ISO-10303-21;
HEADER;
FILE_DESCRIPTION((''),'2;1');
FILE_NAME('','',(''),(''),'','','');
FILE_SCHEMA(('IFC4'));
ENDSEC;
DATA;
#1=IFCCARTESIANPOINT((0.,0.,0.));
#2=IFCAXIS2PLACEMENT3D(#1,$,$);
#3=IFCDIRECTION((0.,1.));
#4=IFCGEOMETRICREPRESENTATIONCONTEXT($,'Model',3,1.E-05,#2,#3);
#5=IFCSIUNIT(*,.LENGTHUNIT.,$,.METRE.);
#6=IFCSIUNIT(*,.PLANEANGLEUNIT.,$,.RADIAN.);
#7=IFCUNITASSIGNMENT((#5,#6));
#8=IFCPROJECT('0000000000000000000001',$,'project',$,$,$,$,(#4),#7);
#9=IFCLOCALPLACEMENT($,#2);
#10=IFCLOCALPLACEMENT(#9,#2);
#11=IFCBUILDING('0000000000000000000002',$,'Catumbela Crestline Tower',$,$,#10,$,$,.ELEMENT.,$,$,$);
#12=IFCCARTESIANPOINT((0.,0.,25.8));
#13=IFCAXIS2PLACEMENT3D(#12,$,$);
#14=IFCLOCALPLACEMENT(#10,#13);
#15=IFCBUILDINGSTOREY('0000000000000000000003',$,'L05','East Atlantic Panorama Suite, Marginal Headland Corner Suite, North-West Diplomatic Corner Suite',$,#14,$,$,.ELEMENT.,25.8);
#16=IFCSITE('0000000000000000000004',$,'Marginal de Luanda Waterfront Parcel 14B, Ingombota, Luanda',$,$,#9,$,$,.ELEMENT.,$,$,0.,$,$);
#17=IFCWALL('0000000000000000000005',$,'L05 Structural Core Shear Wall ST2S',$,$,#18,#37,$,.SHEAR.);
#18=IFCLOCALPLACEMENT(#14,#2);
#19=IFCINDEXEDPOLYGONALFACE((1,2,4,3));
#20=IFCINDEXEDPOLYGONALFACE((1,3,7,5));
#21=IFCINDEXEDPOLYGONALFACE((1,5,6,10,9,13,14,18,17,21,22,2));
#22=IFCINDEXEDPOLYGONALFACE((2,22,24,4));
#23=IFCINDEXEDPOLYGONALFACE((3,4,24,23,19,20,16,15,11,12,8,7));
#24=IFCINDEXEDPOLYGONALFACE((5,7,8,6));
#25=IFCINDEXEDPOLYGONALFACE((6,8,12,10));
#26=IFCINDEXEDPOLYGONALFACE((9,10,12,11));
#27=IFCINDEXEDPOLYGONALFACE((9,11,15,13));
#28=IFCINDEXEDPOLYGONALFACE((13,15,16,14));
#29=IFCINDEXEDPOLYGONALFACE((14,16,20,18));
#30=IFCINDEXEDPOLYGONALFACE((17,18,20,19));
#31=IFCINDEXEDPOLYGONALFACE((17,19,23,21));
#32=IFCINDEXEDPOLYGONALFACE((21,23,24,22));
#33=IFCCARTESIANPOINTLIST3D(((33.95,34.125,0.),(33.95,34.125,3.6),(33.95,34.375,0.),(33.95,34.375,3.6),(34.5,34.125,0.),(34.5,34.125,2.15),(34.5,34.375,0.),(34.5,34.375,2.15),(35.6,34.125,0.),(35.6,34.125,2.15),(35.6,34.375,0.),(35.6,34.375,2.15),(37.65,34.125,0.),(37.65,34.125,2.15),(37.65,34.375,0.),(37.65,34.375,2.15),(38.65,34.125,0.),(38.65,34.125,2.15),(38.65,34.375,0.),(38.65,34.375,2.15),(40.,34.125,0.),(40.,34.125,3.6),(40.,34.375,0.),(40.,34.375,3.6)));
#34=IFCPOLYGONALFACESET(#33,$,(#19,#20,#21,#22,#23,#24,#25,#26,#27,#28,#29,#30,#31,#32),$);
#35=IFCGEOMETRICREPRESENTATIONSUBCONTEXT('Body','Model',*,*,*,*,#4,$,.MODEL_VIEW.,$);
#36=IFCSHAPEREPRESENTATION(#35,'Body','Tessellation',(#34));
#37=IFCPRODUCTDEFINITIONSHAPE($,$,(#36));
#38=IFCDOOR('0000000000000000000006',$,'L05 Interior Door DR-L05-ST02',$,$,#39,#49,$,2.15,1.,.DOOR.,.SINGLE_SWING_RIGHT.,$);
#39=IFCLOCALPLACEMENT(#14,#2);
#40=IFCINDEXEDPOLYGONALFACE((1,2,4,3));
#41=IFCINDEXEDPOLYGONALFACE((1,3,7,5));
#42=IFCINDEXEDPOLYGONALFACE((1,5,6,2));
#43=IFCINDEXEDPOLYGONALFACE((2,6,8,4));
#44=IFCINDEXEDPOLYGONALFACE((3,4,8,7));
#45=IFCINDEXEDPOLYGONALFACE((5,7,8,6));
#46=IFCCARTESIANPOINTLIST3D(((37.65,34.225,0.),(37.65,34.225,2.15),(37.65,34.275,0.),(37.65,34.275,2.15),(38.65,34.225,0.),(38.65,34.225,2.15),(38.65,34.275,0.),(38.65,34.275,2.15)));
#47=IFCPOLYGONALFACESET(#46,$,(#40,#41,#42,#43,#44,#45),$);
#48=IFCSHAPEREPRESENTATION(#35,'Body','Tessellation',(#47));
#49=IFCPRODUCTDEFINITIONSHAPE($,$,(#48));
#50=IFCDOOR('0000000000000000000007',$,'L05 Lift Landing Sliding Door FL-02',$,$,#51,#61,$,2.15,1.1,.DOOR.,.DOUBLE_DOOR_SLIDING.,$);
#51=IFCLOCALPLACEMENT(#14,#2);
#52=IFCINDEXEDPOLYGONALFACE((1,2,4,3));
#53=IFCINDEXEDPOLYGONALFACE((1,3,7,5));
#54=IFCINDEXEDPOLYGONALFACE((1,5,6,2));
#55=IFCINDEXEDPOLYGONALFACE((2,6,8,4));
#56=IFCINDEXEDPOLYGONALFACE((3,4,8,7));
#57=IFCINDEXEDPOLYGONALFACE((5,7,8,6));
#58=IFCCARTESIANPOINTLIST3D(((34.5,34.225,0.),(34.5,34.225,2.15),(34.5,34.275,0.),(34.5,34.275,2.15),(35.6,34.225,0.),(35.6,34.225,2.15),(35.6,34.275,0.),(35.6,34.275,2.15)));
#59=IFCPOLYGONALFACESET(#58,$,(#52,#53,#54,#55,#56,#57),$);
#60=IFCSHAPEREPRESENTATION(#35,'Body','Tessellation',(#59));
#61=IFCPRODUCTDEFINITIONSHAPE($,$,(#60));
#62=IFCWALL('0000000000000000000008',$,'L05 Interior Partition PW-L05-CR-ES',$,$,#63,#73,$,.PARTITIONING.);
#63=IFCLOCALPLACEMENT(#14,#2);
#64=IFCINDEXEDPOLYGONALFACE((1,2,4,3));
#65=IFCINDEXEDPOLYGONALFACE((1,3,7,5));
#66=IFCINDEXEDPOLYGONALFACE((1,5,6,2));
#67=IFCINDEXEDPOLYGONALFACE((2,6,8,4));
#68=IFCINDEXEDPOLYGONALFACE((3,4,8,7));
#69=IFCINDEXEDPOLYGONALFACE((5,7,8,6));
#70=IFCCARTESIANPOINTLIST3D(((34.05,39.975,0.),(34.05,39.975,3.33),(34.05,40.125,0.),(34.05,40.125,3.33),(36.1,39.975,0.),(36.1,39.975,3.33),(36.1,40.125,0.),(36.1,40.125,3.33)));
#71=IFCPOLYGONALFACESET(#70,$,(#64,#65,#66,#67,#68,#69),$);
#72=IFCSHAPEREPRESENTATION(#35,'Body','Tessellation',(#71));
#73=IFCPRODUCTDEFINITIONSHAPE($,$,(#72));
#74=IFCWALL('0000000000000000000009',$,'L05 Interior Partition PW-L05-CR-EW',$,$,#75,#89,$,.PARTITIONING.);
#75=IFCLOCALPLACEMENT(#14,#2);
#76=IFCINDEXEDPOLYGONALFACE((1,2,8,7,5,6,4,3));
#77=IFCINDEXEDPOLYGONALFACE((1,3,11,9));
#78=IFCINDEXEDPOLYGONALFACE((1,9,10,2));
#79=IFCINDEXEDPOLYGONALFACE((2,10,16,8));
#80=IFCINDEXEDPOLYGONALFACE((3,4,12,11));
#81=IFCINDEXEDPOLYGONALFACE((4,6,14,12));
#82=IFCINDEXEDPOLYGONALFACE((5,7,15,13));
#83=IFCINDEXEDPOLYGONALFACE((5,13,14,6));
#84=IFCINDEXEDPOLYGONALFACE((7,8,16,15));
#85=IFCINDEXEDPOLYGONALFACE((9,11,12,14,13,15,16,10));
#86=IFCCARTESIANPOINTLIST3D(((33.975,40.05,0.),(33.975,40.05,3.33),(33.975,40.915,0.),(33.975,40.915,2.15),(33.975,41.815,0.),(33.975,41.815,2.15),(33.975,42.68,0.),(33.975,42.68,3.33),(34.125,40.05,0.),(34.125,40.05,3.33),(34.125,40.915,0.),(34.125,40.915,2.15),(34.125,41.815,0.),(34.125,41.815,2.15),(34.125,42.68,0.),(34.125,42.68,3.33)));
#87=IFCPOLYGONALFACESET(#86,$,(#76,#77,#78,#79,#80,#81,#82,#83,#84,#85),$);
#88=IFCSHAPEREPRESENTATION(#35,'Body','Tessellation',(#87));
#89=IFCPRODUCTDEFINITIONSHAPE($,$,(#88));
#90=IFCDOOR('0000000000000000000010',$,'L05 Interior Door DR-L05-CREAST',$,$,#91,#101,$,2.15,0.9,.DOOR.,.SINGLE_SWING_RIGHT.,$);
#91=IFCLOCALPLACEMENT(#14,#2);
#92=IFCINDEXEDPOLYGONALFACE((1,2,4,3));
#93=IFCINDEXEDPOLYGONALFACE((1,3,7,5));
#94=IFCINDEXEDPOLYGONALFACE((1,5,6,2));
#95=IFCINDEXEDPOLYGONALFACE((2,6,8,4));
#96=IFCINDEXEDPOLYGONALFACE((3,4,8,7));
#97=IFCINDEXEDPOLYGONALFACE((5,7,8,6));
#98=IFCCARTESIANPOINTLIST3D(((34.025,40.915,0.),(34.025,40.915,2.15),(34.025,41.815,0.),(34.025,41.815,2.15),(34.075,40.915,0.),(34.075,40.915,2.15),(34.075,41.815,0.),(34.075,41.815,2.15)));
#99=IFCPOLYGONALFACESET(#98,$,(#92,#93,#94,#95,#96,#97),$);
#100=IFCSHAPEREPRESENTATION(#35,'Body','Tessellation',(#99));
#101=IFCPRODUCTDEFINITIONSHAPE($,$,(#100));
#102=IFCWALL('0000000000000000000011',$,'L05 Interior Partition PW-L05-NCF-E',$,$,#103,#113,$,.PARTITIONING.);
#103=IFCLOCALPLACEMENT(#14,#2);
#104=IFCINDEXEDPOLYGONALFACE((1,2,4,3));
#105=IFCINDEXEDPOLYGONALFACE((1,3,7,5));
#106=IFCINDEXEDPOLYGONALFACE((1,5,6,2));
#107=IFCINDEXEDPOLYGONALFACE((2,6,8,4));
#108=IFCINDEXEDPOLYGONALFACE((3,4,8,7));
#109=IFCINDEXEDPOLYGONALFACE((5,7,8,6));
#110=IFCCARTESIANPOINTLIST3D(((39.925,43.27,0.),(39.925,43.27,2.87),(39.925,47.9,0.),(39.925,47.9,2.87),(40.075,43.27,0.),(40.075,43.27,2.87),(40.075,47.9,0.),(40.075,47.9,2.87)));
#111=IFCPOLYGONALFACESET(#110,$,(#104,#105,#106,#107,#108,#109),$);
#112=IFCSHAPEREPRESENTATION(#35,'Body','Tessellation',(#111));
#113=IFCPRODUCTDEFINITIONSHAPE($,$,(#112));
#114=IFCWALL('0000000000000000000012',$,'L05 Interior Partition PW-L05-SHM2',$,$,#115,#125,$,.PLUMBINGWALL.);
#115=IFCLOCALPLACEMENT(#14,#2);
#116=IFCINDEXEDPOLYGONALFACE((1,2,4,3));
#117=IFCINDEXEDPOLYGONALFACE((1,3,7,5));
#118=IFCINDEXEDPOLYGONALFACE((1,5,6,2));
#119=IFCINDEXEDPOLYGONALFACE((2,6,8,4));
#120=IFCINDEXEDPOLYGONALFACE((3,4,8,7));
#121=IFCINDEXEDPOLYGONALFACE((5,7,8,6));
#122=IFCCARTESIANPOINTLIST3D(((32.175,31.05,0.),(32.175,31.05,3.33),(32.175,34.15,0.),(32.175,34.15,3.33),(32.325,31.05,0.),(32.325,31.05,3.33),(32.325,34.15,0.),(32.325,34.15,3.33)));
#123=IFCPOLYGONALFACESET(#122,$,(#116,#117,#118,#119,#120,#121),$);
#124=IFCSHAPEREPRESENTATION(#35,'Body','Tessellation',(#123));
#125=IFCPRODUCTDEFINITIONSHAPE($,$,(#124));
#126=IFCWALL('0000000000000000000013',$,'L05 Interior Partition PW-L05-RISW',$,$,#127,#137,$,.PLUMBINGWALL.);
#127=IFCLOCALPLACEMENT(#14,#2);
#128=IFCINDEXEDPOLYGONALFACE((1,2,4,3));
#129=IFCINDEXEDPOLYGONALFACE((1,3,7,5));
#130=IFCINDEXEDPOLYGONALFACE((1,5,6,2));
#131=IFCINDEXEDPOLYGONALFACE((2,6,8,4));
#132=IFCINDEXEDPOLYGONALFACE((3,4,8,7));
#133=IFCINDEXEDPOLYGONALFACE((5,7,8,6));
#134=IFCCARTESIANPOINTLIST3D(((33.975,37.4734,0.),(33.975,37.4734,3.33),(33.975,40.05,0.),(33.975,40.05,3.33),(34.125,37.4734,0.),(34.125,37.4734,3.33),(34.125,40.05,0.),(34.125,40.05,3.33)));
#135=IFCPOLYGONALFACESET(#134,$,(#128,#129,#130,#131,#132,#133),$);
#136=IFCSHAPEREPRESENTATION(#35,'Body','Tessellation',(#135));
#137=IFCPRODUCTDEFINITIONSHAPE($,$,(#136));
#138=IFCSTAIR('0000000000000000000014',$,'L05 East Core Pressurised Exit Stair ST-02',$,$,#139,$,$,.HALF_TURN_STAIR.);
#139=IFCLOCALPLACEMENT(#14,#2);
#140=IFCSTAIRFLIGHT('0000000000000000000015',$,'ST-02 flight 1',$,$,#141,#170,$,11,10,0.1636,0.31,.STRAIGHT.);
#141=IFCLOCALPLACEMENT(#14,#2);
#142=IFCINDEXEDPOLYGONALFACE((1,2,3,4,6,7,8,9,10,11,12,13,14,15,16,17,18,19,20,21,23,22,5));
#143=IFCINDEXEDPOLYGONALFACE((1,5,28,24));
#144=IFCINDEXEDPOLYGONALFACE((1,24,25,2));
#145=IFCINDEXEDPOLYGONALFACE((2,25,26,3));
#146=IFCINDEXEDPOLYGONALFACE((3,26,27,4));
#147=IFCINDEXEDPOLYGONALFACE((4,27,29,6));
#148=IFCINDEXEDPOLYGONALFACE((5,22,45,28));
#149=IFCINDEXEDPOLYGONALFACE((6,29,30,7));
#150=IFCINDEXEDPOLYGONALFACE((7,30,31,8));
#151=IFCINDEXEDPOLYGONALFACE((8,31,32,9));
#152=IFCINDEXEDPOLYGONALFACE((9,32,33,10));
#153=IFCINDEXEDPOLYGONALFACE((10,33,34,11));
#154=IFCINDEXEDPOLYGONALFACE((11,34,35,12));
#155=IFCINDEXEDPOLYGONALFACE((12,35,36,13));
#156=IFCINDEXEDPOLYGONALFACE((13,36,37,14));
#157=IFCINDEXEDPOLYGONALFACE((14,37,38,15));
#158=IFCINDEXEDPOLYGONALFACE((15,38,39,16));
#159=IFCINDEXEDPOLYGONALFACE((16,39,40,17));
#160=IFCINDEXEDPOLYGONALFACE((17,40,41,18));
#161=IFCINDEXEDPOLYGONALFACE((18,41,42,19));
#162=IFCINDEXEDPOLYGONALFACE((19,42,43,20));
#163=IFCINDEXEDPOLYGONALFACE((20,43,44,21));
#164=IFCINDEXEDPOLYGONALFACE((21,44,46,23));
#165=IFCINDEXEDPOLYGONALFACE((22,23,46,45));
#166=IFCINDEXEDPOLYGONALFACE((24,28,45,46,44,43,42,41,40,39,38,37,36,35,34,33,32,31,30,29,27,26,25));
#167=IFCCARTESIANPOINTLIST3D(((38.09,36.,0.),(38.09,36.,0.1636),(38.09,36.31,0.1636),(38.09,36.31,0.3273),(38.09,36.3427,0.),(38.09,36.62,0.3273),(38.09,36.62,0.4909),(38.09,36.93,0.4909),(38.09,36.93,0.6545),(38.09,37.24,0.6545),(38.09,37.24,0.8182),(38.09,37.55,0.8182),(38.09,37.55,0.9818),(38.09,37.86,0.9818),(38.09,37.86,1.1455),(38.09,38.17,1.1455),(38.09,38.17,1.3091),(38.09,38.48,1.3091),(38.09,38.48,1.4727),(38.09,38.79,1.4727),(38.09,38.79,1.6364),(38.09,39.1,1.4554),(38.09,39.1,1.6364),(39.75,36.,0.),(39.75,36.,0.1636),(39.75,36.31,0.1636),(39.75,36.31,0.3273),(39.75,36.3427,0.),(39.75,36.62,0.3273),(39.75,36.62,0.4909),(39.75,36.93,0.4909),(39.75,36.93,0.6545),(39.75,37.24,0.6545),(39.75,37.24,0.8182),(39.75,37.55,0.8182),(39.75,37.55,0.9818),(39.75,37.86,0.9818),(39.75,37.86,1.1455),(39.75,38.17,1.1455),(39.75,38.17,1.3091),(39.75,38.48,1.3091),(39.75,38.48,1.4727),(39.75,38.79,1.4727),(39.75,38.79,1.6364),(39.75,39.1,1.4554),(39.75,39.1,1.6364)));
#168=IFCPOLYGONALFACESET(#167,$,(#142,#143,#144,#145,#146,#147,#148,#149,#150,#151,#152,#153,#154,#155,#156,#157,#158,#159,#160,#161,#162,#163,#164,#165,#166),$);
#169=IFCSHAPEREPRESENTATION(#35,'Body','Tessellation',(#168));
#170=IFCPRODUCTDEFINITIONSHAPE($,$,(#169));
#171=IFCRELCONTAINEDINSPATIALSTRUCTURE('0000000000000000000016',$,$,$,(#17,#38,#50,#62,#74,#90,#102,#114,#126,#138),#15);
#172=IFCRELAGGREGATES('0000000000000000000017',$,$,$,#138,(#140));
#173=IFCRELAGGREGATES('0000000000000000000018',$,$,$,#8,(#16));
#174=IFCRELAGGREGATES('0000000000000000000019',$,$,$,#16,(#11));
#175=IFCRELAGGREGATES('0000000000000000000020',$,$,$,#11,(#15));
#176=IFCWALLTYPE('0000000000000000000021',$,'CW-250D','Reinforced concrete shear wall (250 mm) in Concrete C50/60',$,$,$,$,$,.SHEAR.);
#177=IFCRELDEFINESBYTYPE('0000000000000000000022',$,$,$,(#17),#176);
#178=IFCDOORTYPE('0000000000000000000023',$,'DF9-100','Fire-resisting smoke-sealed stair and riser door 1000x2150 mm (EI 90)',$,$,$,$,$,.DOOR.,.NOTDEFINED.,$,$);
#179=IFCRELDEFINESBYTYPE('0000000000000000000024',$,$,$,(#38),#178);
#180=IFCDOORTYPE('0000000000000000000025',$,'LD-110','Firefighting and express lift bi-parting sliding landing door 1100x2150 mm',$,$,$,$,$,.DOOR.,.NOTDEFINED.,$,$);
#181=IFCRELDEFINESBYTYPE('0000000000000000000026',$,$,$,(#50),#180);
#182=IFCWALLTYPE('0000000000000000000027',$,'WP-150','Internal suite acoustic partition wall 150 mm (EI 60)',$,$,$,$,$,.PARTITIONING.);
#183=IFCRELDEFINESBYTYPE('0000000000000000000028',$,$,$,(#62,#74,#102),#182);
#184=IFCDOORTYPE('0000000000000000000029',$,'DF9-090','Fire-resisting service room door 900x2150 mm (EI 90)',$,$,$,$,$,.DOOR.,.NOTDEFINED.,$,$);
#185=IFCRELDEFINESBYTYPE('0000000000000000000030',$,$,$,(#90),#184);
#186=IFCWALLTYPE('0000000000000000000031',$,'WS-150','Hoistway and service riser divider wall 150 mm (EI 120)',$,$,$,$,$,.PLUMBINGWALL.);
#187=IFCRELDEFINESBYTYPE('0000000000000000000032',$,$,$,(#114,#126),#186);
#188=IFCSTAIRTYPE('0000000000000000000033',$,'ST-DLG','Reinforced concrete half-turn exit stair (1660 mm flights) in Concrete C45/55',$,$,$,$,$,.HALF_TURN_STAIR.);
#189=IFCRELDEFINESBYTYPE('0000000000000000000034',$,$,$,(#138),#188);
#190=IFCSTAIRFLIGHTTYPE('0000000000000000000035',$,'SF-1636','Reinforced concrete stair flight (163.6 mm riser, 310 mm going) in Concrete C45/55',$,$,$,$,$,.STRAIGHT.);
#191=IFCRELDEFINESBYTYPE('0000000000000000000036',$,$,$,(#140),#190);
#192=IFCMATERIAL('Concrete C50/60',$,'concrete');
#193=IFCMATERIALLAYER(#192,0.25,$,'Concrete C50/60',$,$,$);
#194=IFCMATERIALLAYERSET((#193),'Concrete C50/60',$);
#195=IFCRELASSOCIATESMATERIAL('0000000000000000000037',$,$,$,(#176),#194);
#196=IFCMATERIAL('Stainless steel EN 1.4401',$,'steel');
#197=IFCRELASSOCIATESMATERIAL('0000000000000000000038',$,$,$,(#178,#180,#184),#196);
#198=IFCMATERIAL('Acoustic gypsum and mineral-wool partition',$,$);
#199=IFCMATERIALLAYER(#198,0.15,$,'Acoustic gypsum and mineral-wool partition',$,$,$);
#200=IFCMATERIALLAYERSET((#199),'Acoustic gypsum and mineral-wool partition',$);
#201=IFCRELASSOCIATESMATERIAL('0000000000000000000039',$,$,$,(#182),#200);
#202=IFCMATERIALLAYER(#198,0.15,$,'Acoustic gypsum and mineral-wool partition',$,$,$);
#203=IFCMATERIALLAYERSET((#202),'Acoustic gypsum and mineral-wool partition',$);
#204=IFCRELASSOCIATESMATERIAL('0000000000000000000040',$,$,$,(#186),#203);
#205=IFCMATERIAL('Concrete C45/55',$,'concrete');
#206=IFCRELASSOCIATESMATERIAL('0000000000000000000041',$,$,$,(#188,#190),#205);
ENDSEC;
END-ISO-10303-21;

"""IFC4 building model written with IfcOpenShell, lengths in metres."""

from ifc_helpers import new_model, si_unit, direction, frame, frame_2d, origin, place, context, subcontext, project, spatial, polyline, rectangle, outline, extrude, material, layer, layer_set, type_object, element, fill, aggregate, save


model = new_model("IFC4")

# Units and contexts
model_context = context("Model", 3, precision=1e-05, world=origin(), true_north=direction((0.0, 1.0)))
body_context = subcontext(model_context, "Body", "Model", "MODEL_VIEW")
ifc_project = project(units=[si_unit("LENGTHUNIT", "METRE"), si_unit("PLANEANGLEUNIT", "RADIAN")], contexts=[model_context])

# Site, building, storey
site_placement = place(None, origin())
site = spatial("IfcSite", under=ifc_project, at=site_placement, Name="Marginal de Luanda Waterfront Parcel 14B, Ingombota, Luanda", CompositionType="ELEMENT", RefElevation=0.0)
building_placement = place(site_placement, origin())
building = spatial("IfcBuilding", under=site, at=building_placement, Name="Catumbela Crestline Tower", CompositionType="ELEMENT")
storey_placement = place(building_placement, frame((0.0, 0.0, 25.8)))
storey = spatial("IfcBuildingStorey", under=building, at=storey_placement, Name="L05", Description="East Atlantic Panorama Suite, Marginal Headland Corner Suite, North-West Diplomatic Corner Suite", CompositionType="ELEMENT", Elevation=25.8)

# Shared definitions
ifc_material_1 = material(Name="Concrete C50/60", Category="concrete")
ifc_layer_1 = layer(ifc_material_1, 0.25, Name="Concrete C50/60")
ifc_layer_set_1 = layer_set([ifc_layer_1], Name="Concrete C50/60")
wall_type_1 = type_object("IfcWallType", Name="CW-250D", Description="Reinforced concrete shear wall (250 mm) in Concrete C50/60", PredefinedType="SHEAR", material=ifc_layer_set_1)

# Wall, openings, doors
wall_1_placement = place(storey_placement, frame((33.95, 34.25, 0.0), z_axis=(0.0, 0.0, 1.0), x_axis=(1.0, 0.0, 0.0)))
wall_1 = element("IfcWall", 1, at=wall_1_placement, inside=storey, type_object=wall_type_1, Name="L05 Structural Core Shear Wall ST2S", PredefinedType="SHEAR", context=body_context, shape_type="SweptSolid", body=[
    extrude(rectangle(XDim=6.05, YDim=0.25, at=frame_2d((3.025, 0.0))), origin(), (0.0, 0.0, 1.0), 3.6),
])
opening_1_placement = place(wall_1_placement, frame((3.7, 0.0, 0.0)))
opening_1 = element("IfcOpeningElement", 2, at=opening_1_placement, cuts=wall_1, PredefinedType="OPENING", context=body_context, shape_type="SweptSolid", body=[
    extrude(rectangle(XDim=1.0, YDim=2.15, at=frame_2d((0.5, 1.075))), frame((0.0, 0.135, 0.0), z_axis=(0.0, -1.0, 0.0), x_axis=(1.0, 0.0, 0.0)), (0.0, 0.0, 1.0), 0.27),
])
opening_2_placement = place(wall_1_placement, frame((0.55, 0.0, 0.0)))
opening_2 = element("IfcOpeningElement", 3, at=opening_2_placement, cuts=wall_1, PredefinedType="OPENING", context=body_context, shape_type="SweptSolid", body=[
    extrude(rectangle(XDim=1.1, YDim=2.15, at=frame_2d((0.55, 1.075))), frame((0.0, 0.135, 0.0), z_axis=(0.0, -1.0, 0.0), x_axis=(1.0, 0.0, 0.0)), (0.0, 0.0, 1.0), 0.27),
])
ifc_material_2 = material(Name="Stainless steel EN 1.4401", Category="steel")
door_type_1 = type_object("IfcDoorType", Name="DF9-100", Description="Fire-resisting smoke-sealed stair and riser door 1000x2150 mm (EI 90)", OperationType="NOTDEFINED", PredefinedType="DOOR", material=ifc_material_2)
door_1_placement = place(opening_1_placement, origin())
door_1 = element("IfcDoor", 4, at=door_1_placement, inside=storey, type_object=door_type_1, Name="L05 Interior Door DR-L05-ST02", OperationType="SINGLE_SWING_RIGHT", OverallHeight=2.15, OverallWidth=1.0, PredefinedType="DOOR", context=body_context, shape_type="SweptSolid", body=[
    extrude(rectangle(XDim=1.0, YDim=2.15, at=frame_2d((0.5, 1.075))), frame((0.0, 0.025, 0.0), z_axis=(0.0, -1.0, 0.0), x_axis=(1.0, 0.0, 0.0)), (0.0, 0.0, 1.0), 0.05),
])
fill(opening_1, door_1)
door_type_2 = type_object("IfcDoorType", Name="LD-110", Description="Firefighting and express lift bi-parting sliding landing door 1100x2150 mm", OperationType="NOTDEFINED", PredefinedType="DOOR", material=ifc_material_2)
door_2_placement = place(opening_2_placement, origin())
door_2 = element("IfcDoor", 5, at=door_2_placement, inside=storey, type_object=door_type_2, Name="L05 Lift Landing Sliding Door FL-02", OperationType="DOUBLE_DOOR_SLIDING", OverallHeight=2.15, OverallWidth=1.1, PredefinedType="DOOR", context=body_context, shape_type="SweptSolid", body=[
    extrude(rectangle(XDim=1.1, YDim=2.15, at=frame_2d((0.55, 1.075))), frame((0.0, 0.025, 0.0), z_axis=(0.0, -1.0, 0.0), x_axis=(1.0, 0.0, 0.0)), (0.0, 0.0, 1.0), 0.05),
])
fill(opening_2, door_2)

# Wall
ifc_material_3 = material(Name="Acoustic gypsum and mineral-wool partition")
ifc_layer_2 = layer(ifc_material_3, 0.15, Name="Acoustic gypsum and mineral-wool partition")
ifc_layer_set_2 = layer_set([ifc_layer_2], Name="Acoustic gypsum and mineral-wool partition")
wall_type_2 = type_object("IfcWallType", Name="WP-150", Description="Internal suite acoustic partition wall 150 mm (EI 60)", PredefinedType="PARTITIONING", material=ifc_layer_set_2)
wall_2_placement = place(storey_placement, frame((34.05, 40.05, 0.0), z_axis=(0.0, 0.0, 1.0), x_axis=(1.0, 0.0, 0.0)))
element("IfcWall", 6, at=wall_2_placement, inside=storey, type_object=wall_type_2, Name="L05 Interior Partition PW-L05-CR-ES", PredefinedType="PARTITIONING", context=body_context, shape_type="SweptSolid", body=[
    extrude(rectangle(XDim=2.05, YDim=0.15, at=frame_2d((1.025, 0.0))), origin(), (0.0, 0.0, 1.0), 3.33),
])

# Wall, opening, door
wall_3_placement = place(storey_placement, frame((34.05, 40.05, 0.0), z_axis=(0.0, 0.0, 1.0), x_axis=(0.0, 1.0, 0.0)))
wall_3 = element("IfcWall", 7, at=wall_3_placement, inside=storey, type_object=wall_type_2, Name="L05 Interior Partition PW-L05-CR-EW", PredefinedType="PARTITIONING", context=body_context, shape_type="SweptSolid", body=[
    extrude(rectangle(XDim=2.63, YDim=0.15, at=frame_2d((1.315, 0.0))), origin(), (0.0, 0.0, 1.0), 3.33),
])
opening_3_placement = place(wall_3_placement, frame((0.865, 0.0, 0.0)))
opening_3 = element("IfcOpeningElement", 8, at=opening_3_placement, cuts=wall_3, PredefinedType="OPENING", context=body_context, shape_type="SweptSolid", body=[
    extrude(rectangle(XDim=0.9, YDim=2.15, at=frame_2d((0.45, 1.075))), frame((0.0, 0.085, 0.0), z_axis=(0.0, -1.0, 0.0), x_axis=(1.0, 0.0, 0.0)), (0.0, 0.0, 1.0), 0.17),
])
door_type_3 = type_object("IfcDoorType", Name="DF9-090", Description="Fire-resisting service room door 900x2150 mm (EI 90)", OperationType="NOTDEFINED", PredefinedType="DOOR", material=ifc_material_2)
door_3_placement = place(opening_3_placement, origin())
door_3 = element("IfcDoor", 9, at=door_3_placement, inside=storey, type_object=door_type_3, Name="L05 Interior Door DR-L05-CREAST", OperationType="SINGLE_SWING_RIGHT", OverallHeight=2.15, OverallWidth=0.9, PredefinedType="DOOR", context=body_context, shape_type="SweptSolid", body=[
    extrude(rectangle(XDim=0.9, YDim=2.15, at=frame_2d((0.45, 1.075))), frame((0.0, 0.025, 0.0), z_axis=(0.0, -1.0, 0.0), x_axis=(1.0, 0.0, 0.0)), (0.0, 0.0, 1.0), 0.05),
])
fill(opening_3, door_3)

# Walls
wall_4_placement = place(storey_placement, frame((40.0, 43.27, 0.0), z_axis=(0.0, 0.0, 1.0), x_axis=(0.0, 1.0, 0.0)))
element("IfcWall", 10, at=wall_4_placement, inside=storey, type_object=wall_type_2, Name="L05 Interior Partition PW-L05-NCF-E", PredefinedType="PARTITIONING", context=body_context, shape_type="SweptSolid", body=[
    extrude(rectangle(XDim=4.63, YDim=0.15, at=frame_2d((2.315, 0.0))), origin(), (0.0, 0.0, 1.0), 2.87),
])
ifc_layer_3 = layer(ifc_material_3, 0.15, Name="Acoustic gypsum and mineral-wool partition")
ifc_layer_set_3 = layer_set([ifc_layer_3], Name="Acoustic gypsum and mineral-wool partition")
wall_type_3 = type_object("IfcWallType", Name="WS-150", Description="Hoistway and service riser divider wall 150 mm (EI 120)", PredefinedType="PLUMBINGWALL", material=ifc_layer_set_3)
wall_5_placement = place(storey_placement, frame((32.25, 31.05, 0.0), z_axis=(0.0, 0.0, 1.0), x_axis=(0.0, 1.0, 0.0)))
element("IfcWall", 11, at=wall_5_placement, inside=storey, type_object=wall_type_3, Name="L05 Interior Partition PW-L05-SHM2", PredefinedType="PLUMBINGWALL", context=body_context, shape_type="SweptSolid", body=[
    extrude(rectangle(XDim=3.1, YDim=0.15, at=frame_2d((1.55, 0.0))), origin(), (0.0, 0.0, 1.0), 3.33),
])
wall_6_placement = place(storey_placement, frame((34.05, 37.4734, 0.0), z_axis=(0.0, 0.0, 1.0), x_axis=(0.0, 1.0, 0.0)))
element("IfcWall", 12, at=wall_6_placement, inside=storey, type_object=wall_type_3, Name="L05 Interior Partition PW-L05-RISW", PredefinedType="PLUMBINGWALL", context=body_context, shape_type="SweptSolid", body=[
    extrude(rectangle(XDim=2.5766, YDim=0.15, at=frame_2d((1.2883, 0.0))), origin(), (0.0, 0.0, 1.0), 3.33),
])

# Stair, stair flight
ifc_material_4 = material(Name="Concrete C45/55", Category="concrete")
stair_type = type_object("IfcStairType", Name="ST-DLG", Description="Reinforced concrete half-turn exit stair (1660 mm flights) in Concrete C45/55", PredefinedType="HALF_TURN_STAIR", material=ifc_material_4)
stair_placement = place(storey_placement, origin())
stair = element("IfcStair", 13, at=stair_placement, inside=storey, type_object=stair_type, Name="L05 East Core Pressurised Exit Stair ST-02", PredefinedType="HALF_TURN_STAIR")
stair_flight_type = type_object("IfcStairFlightType", Name="SF-1636", Description="Reinforced concrete stair flight (163.6 mm riser, 310 mm going) in Concrete C45/55", PredefinedType="STRAIGHT", material=ifc_material_4)
stair_flight_1_placement = place(storey_placement, frame((38.92, 36.0, 0.0), z_axis=(0.0, 0.0, 1.0), x_axis=(0.0, 1.0, 0.0)))
stair_flight_1 = element("IfcStairFlight", 14, at=stair_flight_1_placement, type_object=stair_flight_type, Name="ST-02 flight 1", NumberOfRisers=11, NumberOfTreads=10, PredefinedType="STRAIGHT", RiserHeight=0.1636, TreadLength=0.31, context=body_context, shape_type="SweptSolid", body=[
    extrude(outline(polyline([(0.0, 0.0), (0.0, 0.1636), (0.31, 0.1636), (0.31, 0.3273), (0.62, 0.3273), (0.62, 0.4909), (0.93, 0.4909), (0.93, 0.6545), (1.24, 0.6545), (1.24, 0.8182), (1.55, 0.8182), (1.55, 0.9818), (1.86, 0.9818), (1.86, 1.1455), (2.17, 1.1455), (2.17, 1.3091), (2.48, 1.3091), (2.48, 1.4727), (2.79, 1.4727), (2.79, 1.6364), (3.1, 1.6364), (3.1, 1.8), (3.1, 1.4554), (0.3427, 0.0), (0.0, 0.0)])), frame((0.0, 0.83, 0.0), z_axis=(0.0, -1.0, 0.0), x_axis=(1.0, 0.0, 0.0)), (0.0, 0.0, 1.0), 1.66),
])
aggregate(stair, [stair_flight_1])

save(model, "model.ifc")
